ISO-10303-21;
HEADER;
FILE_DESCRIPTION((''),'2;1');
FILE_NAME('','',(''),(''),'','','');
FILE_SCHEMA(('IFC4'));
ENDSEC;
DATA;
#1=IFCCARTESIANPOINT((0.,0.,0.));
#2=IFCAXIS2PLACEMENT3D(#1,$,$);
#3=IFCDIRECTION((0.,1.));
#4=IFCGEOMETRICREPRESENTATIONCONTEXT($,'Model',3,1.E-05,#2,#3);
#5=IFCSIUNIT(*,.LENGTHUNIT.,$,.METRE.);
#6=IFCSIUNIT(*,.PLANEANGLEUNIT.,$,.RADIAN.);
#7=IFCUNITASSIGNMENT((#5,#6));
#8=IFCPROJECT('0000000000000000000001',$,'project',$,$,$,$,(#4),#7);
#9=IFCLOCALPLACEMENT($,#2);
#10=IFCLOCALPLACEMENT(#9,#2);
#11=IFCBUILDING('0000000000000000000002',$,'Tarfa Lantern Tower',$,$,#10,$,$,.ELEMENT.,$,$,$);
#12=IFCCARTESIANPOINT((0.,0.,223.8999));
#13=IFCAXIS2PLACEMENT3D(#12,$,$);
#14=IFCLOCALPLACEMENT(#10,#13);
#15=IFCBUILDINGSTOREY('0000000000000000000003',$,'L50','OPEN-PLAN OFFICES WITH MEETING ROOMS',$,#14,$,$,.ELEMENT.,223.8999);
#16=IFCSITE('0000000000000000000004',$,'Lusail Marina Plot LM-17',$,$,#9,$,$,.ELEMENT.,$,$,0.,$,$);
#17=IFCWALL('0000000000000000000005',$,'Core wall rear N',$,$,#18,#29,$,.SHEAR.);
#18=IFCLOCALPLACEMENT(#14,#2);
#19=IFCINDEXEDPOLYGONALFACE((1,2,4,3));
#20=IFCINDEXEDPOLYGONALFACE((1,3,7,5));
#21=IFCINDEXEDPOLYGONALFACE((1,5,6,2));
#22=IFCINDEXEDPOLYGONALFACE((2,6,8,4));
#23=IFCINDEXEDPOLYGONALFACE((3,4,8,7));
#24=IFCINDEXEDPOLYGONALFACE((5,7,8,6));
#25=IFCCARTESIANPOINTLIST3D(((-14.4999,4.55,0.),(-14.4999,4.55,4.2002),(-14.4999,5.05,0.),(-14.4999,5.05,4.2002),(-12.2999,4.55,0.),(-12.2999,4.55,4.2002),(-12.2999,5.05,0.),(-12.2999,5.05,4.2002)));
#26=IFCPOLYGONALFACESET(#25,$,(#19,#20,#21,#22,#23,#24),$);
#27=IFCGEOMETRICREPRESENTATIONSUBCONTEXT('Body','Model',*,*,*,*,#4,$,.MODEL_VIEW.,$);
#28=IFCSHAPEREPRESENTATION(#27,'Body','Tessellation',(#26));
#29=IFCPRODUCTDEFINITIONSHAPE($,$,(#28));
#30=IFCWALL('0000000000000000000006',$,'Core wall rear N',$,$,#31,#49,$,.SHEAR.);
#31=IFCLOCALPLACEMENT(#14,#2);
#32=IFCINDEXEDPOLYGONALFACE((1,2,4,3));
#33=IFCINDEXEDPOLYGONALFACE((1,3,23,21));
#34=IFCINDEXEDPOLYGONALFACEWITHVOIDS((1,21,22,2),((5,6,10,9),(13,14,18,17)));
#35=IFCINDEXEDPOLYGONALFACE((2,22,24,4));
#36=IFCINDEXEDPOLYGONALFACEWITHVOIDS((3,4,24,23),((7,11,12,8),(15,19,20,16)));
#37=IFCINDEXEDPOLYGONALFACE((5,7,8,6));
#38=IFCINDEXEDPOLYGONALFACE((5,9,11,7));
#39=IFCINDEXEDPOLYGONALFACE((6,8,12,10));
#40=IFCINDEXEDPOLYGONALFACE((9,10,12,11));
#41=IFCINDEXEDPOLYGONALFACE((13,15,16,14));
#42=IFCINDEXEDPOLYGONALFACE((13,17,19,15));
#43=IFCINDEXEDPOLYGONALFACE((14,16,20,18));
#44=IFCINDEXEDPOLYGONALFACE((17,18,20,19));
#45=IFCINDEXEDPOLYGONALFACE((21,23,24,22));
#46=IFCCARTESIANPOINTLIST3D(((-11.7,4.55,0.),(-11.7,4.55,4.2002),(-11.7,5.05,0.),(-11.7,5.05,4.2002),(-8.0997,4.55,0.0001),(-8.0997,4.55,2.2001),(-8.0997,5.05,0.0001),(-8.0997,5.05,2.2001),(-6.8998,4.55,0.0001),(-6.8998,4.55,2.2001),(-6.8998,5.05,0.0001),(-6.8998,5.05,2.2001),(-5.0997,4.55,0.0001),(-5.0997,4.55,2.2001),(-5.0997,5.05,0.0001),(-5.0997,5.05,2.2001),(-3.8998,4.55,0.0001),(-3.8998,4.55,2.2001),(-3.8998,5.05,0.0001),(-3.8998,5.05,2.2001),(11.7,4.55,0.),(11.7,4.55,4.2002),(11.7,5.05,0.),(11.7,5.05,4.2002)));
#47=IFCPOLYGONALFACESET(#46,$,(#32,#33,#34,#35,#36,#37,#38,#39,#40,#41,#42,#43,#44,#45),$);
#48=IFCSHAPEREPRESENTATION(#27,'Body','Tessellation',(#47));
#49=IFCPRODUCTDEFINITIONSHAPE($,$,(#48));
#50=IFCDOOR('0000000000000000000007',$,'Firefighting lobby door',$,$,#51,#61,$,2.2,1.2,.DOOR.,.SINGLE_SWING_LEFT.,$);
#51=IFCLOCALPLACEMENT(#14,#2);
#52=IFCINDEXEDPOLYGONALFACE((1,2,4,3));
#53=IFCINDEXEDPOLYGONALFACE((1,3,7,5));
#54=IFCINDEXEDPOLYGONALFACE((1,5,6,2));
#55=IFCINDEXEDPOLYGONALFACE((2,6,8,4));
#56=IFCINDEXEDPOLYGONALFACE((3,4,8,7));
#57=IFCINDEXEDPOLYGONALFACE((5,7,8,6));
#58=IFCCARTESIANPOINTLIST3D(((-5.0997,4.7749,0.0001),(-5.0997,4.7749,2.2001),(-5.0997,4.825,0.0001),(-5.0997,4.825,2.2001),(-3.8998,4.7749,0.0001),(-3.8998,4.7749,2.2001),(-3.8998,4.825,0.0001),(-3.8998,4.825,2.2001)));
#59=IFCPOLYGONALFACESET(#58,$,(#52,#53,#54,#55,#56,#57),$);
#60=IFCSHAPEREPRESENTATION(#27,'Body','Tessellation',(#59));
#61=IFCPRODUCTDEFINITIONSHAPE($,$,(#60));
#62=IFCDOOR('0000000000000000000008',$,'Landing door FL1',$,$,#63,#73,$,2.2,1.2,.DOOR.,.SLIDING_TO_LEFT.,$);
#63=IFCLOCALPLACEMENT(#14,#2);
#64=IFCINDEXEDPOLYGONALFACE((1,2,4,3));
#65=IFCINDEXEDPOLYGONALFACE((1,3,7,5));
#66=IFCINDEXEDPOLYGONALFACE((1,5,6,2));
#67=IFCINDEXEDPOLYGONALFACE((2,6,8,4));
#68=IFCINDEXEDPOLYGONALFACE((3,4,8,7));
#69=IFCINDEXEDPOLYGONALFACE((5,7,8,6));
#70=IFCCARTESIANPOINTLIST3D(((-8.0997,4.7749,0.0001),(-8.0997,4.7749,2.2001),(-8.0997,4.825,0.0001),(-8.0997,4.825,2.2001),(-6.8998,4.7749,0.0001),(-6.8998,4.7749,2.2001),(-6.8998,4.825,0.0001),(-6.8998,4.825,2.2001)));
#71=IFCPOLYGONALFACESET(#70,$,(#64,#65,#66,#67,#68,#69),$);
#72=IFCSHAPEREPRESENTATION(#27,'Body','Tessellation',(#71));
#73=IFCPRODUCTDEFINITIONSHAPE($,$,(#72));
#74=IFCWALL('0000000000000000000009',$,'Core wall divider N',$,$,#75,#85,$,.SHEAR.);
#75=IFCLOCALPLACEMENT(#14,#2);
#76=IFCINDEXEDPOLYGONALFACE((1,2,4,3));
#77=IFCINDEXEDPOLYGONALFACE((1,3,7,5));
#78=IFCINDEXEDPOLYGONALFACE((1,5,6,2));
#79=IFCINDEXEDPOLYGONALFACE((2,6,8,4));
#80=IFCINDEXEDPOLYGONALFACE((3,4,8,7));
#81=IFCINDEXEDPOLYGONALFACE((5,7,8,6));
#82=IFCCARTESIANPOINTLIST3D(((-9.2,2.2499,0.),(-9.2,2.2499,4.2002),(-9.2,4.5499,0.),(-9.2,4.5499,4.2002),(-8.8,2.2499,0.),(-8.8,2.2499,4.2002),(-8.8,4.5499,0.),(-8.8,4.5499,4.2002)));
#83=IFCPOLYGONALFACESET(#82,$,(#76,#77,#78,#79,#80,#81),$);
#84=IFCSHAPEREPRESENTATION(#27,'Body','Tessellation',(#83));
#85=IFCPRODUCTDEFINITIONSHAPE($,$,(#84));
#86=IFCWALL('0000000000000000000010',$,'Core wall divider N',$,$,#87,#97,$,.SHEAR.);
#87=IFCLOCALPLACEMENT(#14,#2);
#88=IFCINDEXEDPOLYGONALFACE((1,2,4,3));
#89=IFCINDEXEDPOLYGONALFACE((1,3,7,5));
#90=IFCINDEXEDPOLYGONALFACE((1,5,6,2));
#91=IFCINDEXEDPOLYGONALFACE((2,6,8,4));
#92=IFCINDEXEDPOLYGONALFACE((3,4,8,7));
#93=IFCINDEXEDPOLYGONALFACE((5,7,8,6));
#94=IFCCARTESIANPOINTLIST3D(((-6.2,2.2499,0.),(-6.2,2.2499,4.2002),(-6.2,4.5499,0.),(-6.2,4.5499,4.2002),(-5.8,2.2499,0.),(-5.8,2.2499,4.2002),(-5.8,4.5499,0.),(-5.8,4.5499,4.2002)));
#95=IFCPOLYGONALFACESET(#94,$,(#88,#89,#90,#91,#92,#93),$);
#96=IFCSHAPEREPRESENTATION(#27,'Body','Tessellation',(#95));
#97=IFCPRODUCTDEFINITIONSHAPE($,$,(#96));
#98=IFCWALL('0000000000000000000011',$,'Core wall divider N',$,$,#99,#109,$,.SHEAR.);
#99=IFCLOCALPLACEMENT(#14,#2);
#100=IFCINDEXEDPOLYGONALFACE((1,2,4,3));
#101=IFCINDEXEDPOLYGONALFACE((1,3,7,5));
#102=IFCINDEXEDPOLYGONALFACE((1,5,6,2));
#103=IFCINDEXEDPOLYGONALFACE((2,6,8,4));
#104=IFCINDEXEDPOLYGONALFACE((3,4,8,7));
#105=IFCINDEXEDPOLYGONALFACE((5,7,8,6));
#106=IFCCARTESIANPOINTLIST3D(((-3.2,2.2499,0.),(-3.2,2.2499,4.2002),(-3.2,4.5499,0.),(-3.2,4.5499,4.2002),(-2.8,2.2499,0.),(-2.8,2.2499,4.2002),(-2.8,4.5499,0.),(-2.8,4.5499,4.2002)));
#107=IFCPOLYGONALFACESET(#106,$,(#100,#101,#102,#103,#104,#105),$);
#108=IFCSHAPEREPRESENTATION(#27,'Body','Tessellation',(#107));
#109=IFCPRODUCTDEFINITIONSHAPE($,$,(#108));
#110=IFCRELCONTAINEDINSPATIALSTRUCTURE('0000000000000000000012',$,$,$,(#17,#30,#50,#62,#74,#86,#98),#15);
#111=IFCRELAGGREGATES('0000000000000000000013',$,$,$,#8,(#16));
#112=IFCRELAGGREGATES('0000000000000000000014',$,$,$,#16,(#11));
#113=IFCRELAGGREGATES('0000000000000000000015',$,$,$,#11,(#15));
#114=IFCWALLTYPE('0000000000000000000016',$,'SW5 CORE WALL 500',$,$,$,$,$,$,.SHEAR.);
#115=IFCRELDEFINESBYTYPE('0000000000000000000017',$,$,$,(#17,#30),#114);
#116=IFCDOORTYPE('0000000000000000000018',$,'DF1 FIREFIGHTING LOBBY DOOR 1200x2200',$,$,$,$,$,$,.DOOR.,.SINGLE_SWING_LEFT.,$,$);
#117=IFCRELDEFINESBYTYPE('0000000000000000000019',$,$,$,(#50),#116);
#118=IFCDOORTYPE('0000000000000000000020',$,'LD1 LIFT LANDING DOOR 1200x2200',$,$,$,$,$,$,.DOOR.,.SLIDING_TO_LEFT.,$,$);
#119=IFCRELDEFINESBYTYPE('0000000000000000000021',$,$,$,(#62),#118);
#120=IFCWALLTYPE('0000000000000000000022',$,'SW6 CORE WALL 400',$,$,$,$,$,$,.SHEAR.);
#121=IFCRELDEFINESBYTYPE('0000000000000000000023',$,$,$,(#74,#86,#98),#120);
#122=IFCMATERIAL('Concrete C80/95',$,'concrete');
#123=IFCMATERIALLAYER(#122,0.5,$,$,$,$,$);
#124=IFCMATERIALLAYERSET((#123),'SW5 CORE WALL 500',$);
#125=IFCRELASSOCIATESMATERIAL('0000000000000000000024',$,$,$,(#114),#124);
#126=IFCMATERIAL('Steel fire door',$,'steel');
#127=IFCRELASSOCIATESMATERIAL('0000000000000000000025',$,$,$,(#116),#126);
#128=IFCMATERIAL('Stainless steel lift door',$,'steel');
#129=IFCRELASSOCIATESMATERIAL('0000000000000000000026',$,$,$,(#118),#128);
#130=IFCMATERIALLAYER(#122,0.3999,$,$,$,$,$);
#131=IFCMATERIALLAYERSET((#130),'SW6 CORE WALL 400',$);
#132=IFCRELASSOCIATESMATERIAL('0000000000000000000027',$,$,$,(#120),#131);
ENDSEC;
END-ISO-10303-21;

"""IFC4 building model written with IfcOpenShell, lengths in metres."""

from ifc_helpers import new_model, si_unit, direction, frame, frame_2d, origin, place, context, subcontext, project, spatial, rectangle, extrude, material, layer, layer_set, type_object, element, fill, save


model = new_model("IFC4")

# Units and contexts
model_context = context("Model", 3, precision=1e-05, world=origin(), true_north=direction((0.0, 1.0)))
body_context = subcontext(model_context, "Body", "Model", "MODEL_VIEW")
ifc_project = project(units=[si_unit("LENGTHUNIT", "METRE"), si_unit("PLANEANGLEUNIT", "RADIAN")], contexts=[model_context])

# Site, building, storey
site_placement = place(None, origin())
site = spatial("IfcSite", under=ifc_project, at=site_placement, Name="Lusail Marina Plot LM-17", CompositionType="ELEMENT", RefElevation=0.0)
building_placement = place(site_placement, origin())
building = spatial("IfcBuilding", under=site, at=building_placement, Name="Tarfa Lantern Tower", CompositionType="ELEMENT")
storey_placement = place(building_placement, frame((0.0, 0.0, 223.8999)))
storey = spatial("IfcBuildingStorey", under=building, at=storey_placement, Name="L50", Description="OPEN-PLAN OFFICES WITH MEETING ROOMS", CompositionType="ELEMENT", Elevation=223.8999)

# Shared definitions
ifc_material_1 = material(Name="Concrete C80/95", Category="concrete")

# Shared definitions
ifc_material_2 = material(Name="Steel fire door", Category="steel")

# Shared definitions
ifc_layer_1 = layer(ifc_material_1, 0.5)
ifc_layer_set_1 = layer_set([ifc_layer_1], Name="SW5 CORE WALL 500")
wall_type_1 = type_object("IfcWallType", Name="SW5 CORE WALL 500", PredefinedType="SHEAR", material=ifc_layer_set_1)
ifc_material_3 = material(Name="Stainless steel lift door", Category="steel")

# Wall
wall_1_placement = place(storey_placement, frame((-14.5, 4.8, 0.0), z_axis=(0.0, 0.0, 1.0), x_axis=(1.0, 0.0, 0.0)))
element("IfcWall", 1, at=wall_1_placement, inside=storey, type_object=wall_type_1, Name="Core wall rear N", PredefinedType="SHEAR", context=body_context, shape_type="SweptSolid", body=[
    extrude(rectangle(XDim=2.2, YDim=0.5, at=frame_2d((1.1001, 0.0))), origin(), (0.0, 0.0, 1.0), 4.2002),
])

# Wall, openings, doors
wall_2_placement = place(storey_placement, frame((-11.7, 4.8, 0.0), z_axis=(0.0, 0.0, 1.0), x_axis=(1.0, 0.0, 0.0)))
wall_2 = element("IfcWall", 2, at=wall_2_placement, inside=storey, type_object=wall_type_1, Name="Core wall rear N", PredefinedType="SHEAR", context=body_context, shape_type="SweptSolid", body=[
    extrude(rectangle(XDim=23.3999, YDim=0.5, at=frame_2d((11.7, 0.0))), origin(), (0.0, 0.0, 1.0), 4.2002),
])
opening_1_placement = place(wall_2_placement, frame((6.6001, 0.0, 0.0)))
opening_1 = element("IfcOpeningElement", 3, at=opening_1_placement, cuts=wall_2, PredefinedType="OPENING", context=body_context, shape_type="SweptSolid", body=[
    extrude(rectangle(XDim=1.2, YDim=2.2, at=frame_2d((0.6001, 1.1001))), frame((0.0, 0.26, 0.0), z_axis=(0.0, -1.0, 0.0), x_axis=(1.0, 0.0, 0.0)), (0.0, 0.0, 1.0), 0.52),
])
opening_2_placement = place(wall_2_placement, frame((3.6001, 0.0, 0.0)))
opening_2 = element("IfcOpeningElement", 4, at=opening_2_placement, cuts=wall_2, PredefinedType="OPENING", context=body_context, shape_type="SweptSolid", body=[
    extrude(rectangle(XDim=1.2, YDim=2.2, at=frame_2d((0.6001, 1.1001))), frame((0.0, 0.26, 0.0), z_axis=(0.0, -1.0, 0.0), x_axis=(1.0, 0.0, 0.0)), (0.0, 0.0, 1.0), 0.52),
])
door_type_1 = type_object("IfcDoorType", Name="DF1 FIREFIGHTING LOBBY DOOR 1200x2200", OperationType="SINGLE_SWING_LEFT", PredefinedType="DOOR", material=ifc_material_2)
door_1_placement = place(opening_1_placement, origin())
door_1 = element("IfcDoor", 5, at=door_1_placement, inside=storey, type_object=door_type_1, Name="Firefighting lobby door", OperationType="SINGLE_SWING_LEFT", OverallHeight=2.2, OverallWidth=1.2, PredefinedType="DOOR", context=body_context, shape_type="SweptSolid", body=[
    extrude(rectangle(XDim=1.2, YDim=2.2, at=frame_2d((0.6001, 1.1001))), frame((0.0, 0.0249, 0.0), z_axis=(0.0, -1.0, 0.0), x_axis=(1.0, 0.0, 0.0)), (0.0, 0.0, 1.0), 0.05),
])
fill(opening_1, door_1)
door_type_2 = type_object("IfcDoorType", Name="LD1 LIFT LANDING DOOR 1200x2200", OperationType="SLIDING_TO_LEFT", PredefinedType="DOOR", material=ifc_material_3)
door_2_placement = place(opening_2_placement, origin())
door_2 = element("IfcDoor", 6, at=door_2_placement, inside=storey, type_object=door_type_2, Name="Landing door FL1", OperationType="SLIDING_TO_LEFT", OverallHeight=2.2, OverallWidth=1.2, PredefinedType="DOOR", context=body_context, shape_type="SweptSolid", body=[
    extrude(rectangle(XDim=1.2, YDim=2.2, at=frame_2d((0.6001, 1.1001))), frame((0.0, 0.0249, 0.0), z_axis=(0.0, -1.0, 0.0), x_axis=(1.0, 0.0, 0.0)), (0.0, 0.0, 1.0), 0.05),
])
fill(opening_2, door_2)

# Walls
ifc_layer_2 = layer(ifc_material_1, 0.3999)
ifc_layer_set_2 = layer_set([ifc_layer_2], Name="SW6 CORE WALL 400")
wall_type_2 = type_object("IfcWallType", Name="SW6 CORE WALL 400", PredefinedType="SHEAR", material=ifc_layer_set_2)
for number, where, z_axis, x_axis, name in (
    (7, (-9.0, 2.25, 0.0), (0.0, 0.0, 1.0), (0.0, 1.0, 0.0), "Core wall divider N"),
    (8, (-6.0, 2.25, 0.0), (0.0, 0.0, 1.0), (0.0, 1.0, 0.0), "Core wall divider N"),
    (9, (-3.0, 2.25, 0.0), (0.0, 0.0, 1.0), (0.0, 1.0, 0.0), "Core wall divider N"),
):
    element("IfcWall", number, at=place(storey_placement, frame(where, z_axis=z_axis, x_axis=x_axis)), inside=storey, type_object=wall_type_2, Name=name, PredefinedType="SHEAR", context=body_context, shape_type="SweptSolid", body=[
        extrude(rectangle(XDim=2.3, YDim=0.3999, at=frame_2d((1.1499, 0.0))), origin(), (0.0, 0.0, 1.0), 4.2002),
    ])

save(model, "model.ifc")
